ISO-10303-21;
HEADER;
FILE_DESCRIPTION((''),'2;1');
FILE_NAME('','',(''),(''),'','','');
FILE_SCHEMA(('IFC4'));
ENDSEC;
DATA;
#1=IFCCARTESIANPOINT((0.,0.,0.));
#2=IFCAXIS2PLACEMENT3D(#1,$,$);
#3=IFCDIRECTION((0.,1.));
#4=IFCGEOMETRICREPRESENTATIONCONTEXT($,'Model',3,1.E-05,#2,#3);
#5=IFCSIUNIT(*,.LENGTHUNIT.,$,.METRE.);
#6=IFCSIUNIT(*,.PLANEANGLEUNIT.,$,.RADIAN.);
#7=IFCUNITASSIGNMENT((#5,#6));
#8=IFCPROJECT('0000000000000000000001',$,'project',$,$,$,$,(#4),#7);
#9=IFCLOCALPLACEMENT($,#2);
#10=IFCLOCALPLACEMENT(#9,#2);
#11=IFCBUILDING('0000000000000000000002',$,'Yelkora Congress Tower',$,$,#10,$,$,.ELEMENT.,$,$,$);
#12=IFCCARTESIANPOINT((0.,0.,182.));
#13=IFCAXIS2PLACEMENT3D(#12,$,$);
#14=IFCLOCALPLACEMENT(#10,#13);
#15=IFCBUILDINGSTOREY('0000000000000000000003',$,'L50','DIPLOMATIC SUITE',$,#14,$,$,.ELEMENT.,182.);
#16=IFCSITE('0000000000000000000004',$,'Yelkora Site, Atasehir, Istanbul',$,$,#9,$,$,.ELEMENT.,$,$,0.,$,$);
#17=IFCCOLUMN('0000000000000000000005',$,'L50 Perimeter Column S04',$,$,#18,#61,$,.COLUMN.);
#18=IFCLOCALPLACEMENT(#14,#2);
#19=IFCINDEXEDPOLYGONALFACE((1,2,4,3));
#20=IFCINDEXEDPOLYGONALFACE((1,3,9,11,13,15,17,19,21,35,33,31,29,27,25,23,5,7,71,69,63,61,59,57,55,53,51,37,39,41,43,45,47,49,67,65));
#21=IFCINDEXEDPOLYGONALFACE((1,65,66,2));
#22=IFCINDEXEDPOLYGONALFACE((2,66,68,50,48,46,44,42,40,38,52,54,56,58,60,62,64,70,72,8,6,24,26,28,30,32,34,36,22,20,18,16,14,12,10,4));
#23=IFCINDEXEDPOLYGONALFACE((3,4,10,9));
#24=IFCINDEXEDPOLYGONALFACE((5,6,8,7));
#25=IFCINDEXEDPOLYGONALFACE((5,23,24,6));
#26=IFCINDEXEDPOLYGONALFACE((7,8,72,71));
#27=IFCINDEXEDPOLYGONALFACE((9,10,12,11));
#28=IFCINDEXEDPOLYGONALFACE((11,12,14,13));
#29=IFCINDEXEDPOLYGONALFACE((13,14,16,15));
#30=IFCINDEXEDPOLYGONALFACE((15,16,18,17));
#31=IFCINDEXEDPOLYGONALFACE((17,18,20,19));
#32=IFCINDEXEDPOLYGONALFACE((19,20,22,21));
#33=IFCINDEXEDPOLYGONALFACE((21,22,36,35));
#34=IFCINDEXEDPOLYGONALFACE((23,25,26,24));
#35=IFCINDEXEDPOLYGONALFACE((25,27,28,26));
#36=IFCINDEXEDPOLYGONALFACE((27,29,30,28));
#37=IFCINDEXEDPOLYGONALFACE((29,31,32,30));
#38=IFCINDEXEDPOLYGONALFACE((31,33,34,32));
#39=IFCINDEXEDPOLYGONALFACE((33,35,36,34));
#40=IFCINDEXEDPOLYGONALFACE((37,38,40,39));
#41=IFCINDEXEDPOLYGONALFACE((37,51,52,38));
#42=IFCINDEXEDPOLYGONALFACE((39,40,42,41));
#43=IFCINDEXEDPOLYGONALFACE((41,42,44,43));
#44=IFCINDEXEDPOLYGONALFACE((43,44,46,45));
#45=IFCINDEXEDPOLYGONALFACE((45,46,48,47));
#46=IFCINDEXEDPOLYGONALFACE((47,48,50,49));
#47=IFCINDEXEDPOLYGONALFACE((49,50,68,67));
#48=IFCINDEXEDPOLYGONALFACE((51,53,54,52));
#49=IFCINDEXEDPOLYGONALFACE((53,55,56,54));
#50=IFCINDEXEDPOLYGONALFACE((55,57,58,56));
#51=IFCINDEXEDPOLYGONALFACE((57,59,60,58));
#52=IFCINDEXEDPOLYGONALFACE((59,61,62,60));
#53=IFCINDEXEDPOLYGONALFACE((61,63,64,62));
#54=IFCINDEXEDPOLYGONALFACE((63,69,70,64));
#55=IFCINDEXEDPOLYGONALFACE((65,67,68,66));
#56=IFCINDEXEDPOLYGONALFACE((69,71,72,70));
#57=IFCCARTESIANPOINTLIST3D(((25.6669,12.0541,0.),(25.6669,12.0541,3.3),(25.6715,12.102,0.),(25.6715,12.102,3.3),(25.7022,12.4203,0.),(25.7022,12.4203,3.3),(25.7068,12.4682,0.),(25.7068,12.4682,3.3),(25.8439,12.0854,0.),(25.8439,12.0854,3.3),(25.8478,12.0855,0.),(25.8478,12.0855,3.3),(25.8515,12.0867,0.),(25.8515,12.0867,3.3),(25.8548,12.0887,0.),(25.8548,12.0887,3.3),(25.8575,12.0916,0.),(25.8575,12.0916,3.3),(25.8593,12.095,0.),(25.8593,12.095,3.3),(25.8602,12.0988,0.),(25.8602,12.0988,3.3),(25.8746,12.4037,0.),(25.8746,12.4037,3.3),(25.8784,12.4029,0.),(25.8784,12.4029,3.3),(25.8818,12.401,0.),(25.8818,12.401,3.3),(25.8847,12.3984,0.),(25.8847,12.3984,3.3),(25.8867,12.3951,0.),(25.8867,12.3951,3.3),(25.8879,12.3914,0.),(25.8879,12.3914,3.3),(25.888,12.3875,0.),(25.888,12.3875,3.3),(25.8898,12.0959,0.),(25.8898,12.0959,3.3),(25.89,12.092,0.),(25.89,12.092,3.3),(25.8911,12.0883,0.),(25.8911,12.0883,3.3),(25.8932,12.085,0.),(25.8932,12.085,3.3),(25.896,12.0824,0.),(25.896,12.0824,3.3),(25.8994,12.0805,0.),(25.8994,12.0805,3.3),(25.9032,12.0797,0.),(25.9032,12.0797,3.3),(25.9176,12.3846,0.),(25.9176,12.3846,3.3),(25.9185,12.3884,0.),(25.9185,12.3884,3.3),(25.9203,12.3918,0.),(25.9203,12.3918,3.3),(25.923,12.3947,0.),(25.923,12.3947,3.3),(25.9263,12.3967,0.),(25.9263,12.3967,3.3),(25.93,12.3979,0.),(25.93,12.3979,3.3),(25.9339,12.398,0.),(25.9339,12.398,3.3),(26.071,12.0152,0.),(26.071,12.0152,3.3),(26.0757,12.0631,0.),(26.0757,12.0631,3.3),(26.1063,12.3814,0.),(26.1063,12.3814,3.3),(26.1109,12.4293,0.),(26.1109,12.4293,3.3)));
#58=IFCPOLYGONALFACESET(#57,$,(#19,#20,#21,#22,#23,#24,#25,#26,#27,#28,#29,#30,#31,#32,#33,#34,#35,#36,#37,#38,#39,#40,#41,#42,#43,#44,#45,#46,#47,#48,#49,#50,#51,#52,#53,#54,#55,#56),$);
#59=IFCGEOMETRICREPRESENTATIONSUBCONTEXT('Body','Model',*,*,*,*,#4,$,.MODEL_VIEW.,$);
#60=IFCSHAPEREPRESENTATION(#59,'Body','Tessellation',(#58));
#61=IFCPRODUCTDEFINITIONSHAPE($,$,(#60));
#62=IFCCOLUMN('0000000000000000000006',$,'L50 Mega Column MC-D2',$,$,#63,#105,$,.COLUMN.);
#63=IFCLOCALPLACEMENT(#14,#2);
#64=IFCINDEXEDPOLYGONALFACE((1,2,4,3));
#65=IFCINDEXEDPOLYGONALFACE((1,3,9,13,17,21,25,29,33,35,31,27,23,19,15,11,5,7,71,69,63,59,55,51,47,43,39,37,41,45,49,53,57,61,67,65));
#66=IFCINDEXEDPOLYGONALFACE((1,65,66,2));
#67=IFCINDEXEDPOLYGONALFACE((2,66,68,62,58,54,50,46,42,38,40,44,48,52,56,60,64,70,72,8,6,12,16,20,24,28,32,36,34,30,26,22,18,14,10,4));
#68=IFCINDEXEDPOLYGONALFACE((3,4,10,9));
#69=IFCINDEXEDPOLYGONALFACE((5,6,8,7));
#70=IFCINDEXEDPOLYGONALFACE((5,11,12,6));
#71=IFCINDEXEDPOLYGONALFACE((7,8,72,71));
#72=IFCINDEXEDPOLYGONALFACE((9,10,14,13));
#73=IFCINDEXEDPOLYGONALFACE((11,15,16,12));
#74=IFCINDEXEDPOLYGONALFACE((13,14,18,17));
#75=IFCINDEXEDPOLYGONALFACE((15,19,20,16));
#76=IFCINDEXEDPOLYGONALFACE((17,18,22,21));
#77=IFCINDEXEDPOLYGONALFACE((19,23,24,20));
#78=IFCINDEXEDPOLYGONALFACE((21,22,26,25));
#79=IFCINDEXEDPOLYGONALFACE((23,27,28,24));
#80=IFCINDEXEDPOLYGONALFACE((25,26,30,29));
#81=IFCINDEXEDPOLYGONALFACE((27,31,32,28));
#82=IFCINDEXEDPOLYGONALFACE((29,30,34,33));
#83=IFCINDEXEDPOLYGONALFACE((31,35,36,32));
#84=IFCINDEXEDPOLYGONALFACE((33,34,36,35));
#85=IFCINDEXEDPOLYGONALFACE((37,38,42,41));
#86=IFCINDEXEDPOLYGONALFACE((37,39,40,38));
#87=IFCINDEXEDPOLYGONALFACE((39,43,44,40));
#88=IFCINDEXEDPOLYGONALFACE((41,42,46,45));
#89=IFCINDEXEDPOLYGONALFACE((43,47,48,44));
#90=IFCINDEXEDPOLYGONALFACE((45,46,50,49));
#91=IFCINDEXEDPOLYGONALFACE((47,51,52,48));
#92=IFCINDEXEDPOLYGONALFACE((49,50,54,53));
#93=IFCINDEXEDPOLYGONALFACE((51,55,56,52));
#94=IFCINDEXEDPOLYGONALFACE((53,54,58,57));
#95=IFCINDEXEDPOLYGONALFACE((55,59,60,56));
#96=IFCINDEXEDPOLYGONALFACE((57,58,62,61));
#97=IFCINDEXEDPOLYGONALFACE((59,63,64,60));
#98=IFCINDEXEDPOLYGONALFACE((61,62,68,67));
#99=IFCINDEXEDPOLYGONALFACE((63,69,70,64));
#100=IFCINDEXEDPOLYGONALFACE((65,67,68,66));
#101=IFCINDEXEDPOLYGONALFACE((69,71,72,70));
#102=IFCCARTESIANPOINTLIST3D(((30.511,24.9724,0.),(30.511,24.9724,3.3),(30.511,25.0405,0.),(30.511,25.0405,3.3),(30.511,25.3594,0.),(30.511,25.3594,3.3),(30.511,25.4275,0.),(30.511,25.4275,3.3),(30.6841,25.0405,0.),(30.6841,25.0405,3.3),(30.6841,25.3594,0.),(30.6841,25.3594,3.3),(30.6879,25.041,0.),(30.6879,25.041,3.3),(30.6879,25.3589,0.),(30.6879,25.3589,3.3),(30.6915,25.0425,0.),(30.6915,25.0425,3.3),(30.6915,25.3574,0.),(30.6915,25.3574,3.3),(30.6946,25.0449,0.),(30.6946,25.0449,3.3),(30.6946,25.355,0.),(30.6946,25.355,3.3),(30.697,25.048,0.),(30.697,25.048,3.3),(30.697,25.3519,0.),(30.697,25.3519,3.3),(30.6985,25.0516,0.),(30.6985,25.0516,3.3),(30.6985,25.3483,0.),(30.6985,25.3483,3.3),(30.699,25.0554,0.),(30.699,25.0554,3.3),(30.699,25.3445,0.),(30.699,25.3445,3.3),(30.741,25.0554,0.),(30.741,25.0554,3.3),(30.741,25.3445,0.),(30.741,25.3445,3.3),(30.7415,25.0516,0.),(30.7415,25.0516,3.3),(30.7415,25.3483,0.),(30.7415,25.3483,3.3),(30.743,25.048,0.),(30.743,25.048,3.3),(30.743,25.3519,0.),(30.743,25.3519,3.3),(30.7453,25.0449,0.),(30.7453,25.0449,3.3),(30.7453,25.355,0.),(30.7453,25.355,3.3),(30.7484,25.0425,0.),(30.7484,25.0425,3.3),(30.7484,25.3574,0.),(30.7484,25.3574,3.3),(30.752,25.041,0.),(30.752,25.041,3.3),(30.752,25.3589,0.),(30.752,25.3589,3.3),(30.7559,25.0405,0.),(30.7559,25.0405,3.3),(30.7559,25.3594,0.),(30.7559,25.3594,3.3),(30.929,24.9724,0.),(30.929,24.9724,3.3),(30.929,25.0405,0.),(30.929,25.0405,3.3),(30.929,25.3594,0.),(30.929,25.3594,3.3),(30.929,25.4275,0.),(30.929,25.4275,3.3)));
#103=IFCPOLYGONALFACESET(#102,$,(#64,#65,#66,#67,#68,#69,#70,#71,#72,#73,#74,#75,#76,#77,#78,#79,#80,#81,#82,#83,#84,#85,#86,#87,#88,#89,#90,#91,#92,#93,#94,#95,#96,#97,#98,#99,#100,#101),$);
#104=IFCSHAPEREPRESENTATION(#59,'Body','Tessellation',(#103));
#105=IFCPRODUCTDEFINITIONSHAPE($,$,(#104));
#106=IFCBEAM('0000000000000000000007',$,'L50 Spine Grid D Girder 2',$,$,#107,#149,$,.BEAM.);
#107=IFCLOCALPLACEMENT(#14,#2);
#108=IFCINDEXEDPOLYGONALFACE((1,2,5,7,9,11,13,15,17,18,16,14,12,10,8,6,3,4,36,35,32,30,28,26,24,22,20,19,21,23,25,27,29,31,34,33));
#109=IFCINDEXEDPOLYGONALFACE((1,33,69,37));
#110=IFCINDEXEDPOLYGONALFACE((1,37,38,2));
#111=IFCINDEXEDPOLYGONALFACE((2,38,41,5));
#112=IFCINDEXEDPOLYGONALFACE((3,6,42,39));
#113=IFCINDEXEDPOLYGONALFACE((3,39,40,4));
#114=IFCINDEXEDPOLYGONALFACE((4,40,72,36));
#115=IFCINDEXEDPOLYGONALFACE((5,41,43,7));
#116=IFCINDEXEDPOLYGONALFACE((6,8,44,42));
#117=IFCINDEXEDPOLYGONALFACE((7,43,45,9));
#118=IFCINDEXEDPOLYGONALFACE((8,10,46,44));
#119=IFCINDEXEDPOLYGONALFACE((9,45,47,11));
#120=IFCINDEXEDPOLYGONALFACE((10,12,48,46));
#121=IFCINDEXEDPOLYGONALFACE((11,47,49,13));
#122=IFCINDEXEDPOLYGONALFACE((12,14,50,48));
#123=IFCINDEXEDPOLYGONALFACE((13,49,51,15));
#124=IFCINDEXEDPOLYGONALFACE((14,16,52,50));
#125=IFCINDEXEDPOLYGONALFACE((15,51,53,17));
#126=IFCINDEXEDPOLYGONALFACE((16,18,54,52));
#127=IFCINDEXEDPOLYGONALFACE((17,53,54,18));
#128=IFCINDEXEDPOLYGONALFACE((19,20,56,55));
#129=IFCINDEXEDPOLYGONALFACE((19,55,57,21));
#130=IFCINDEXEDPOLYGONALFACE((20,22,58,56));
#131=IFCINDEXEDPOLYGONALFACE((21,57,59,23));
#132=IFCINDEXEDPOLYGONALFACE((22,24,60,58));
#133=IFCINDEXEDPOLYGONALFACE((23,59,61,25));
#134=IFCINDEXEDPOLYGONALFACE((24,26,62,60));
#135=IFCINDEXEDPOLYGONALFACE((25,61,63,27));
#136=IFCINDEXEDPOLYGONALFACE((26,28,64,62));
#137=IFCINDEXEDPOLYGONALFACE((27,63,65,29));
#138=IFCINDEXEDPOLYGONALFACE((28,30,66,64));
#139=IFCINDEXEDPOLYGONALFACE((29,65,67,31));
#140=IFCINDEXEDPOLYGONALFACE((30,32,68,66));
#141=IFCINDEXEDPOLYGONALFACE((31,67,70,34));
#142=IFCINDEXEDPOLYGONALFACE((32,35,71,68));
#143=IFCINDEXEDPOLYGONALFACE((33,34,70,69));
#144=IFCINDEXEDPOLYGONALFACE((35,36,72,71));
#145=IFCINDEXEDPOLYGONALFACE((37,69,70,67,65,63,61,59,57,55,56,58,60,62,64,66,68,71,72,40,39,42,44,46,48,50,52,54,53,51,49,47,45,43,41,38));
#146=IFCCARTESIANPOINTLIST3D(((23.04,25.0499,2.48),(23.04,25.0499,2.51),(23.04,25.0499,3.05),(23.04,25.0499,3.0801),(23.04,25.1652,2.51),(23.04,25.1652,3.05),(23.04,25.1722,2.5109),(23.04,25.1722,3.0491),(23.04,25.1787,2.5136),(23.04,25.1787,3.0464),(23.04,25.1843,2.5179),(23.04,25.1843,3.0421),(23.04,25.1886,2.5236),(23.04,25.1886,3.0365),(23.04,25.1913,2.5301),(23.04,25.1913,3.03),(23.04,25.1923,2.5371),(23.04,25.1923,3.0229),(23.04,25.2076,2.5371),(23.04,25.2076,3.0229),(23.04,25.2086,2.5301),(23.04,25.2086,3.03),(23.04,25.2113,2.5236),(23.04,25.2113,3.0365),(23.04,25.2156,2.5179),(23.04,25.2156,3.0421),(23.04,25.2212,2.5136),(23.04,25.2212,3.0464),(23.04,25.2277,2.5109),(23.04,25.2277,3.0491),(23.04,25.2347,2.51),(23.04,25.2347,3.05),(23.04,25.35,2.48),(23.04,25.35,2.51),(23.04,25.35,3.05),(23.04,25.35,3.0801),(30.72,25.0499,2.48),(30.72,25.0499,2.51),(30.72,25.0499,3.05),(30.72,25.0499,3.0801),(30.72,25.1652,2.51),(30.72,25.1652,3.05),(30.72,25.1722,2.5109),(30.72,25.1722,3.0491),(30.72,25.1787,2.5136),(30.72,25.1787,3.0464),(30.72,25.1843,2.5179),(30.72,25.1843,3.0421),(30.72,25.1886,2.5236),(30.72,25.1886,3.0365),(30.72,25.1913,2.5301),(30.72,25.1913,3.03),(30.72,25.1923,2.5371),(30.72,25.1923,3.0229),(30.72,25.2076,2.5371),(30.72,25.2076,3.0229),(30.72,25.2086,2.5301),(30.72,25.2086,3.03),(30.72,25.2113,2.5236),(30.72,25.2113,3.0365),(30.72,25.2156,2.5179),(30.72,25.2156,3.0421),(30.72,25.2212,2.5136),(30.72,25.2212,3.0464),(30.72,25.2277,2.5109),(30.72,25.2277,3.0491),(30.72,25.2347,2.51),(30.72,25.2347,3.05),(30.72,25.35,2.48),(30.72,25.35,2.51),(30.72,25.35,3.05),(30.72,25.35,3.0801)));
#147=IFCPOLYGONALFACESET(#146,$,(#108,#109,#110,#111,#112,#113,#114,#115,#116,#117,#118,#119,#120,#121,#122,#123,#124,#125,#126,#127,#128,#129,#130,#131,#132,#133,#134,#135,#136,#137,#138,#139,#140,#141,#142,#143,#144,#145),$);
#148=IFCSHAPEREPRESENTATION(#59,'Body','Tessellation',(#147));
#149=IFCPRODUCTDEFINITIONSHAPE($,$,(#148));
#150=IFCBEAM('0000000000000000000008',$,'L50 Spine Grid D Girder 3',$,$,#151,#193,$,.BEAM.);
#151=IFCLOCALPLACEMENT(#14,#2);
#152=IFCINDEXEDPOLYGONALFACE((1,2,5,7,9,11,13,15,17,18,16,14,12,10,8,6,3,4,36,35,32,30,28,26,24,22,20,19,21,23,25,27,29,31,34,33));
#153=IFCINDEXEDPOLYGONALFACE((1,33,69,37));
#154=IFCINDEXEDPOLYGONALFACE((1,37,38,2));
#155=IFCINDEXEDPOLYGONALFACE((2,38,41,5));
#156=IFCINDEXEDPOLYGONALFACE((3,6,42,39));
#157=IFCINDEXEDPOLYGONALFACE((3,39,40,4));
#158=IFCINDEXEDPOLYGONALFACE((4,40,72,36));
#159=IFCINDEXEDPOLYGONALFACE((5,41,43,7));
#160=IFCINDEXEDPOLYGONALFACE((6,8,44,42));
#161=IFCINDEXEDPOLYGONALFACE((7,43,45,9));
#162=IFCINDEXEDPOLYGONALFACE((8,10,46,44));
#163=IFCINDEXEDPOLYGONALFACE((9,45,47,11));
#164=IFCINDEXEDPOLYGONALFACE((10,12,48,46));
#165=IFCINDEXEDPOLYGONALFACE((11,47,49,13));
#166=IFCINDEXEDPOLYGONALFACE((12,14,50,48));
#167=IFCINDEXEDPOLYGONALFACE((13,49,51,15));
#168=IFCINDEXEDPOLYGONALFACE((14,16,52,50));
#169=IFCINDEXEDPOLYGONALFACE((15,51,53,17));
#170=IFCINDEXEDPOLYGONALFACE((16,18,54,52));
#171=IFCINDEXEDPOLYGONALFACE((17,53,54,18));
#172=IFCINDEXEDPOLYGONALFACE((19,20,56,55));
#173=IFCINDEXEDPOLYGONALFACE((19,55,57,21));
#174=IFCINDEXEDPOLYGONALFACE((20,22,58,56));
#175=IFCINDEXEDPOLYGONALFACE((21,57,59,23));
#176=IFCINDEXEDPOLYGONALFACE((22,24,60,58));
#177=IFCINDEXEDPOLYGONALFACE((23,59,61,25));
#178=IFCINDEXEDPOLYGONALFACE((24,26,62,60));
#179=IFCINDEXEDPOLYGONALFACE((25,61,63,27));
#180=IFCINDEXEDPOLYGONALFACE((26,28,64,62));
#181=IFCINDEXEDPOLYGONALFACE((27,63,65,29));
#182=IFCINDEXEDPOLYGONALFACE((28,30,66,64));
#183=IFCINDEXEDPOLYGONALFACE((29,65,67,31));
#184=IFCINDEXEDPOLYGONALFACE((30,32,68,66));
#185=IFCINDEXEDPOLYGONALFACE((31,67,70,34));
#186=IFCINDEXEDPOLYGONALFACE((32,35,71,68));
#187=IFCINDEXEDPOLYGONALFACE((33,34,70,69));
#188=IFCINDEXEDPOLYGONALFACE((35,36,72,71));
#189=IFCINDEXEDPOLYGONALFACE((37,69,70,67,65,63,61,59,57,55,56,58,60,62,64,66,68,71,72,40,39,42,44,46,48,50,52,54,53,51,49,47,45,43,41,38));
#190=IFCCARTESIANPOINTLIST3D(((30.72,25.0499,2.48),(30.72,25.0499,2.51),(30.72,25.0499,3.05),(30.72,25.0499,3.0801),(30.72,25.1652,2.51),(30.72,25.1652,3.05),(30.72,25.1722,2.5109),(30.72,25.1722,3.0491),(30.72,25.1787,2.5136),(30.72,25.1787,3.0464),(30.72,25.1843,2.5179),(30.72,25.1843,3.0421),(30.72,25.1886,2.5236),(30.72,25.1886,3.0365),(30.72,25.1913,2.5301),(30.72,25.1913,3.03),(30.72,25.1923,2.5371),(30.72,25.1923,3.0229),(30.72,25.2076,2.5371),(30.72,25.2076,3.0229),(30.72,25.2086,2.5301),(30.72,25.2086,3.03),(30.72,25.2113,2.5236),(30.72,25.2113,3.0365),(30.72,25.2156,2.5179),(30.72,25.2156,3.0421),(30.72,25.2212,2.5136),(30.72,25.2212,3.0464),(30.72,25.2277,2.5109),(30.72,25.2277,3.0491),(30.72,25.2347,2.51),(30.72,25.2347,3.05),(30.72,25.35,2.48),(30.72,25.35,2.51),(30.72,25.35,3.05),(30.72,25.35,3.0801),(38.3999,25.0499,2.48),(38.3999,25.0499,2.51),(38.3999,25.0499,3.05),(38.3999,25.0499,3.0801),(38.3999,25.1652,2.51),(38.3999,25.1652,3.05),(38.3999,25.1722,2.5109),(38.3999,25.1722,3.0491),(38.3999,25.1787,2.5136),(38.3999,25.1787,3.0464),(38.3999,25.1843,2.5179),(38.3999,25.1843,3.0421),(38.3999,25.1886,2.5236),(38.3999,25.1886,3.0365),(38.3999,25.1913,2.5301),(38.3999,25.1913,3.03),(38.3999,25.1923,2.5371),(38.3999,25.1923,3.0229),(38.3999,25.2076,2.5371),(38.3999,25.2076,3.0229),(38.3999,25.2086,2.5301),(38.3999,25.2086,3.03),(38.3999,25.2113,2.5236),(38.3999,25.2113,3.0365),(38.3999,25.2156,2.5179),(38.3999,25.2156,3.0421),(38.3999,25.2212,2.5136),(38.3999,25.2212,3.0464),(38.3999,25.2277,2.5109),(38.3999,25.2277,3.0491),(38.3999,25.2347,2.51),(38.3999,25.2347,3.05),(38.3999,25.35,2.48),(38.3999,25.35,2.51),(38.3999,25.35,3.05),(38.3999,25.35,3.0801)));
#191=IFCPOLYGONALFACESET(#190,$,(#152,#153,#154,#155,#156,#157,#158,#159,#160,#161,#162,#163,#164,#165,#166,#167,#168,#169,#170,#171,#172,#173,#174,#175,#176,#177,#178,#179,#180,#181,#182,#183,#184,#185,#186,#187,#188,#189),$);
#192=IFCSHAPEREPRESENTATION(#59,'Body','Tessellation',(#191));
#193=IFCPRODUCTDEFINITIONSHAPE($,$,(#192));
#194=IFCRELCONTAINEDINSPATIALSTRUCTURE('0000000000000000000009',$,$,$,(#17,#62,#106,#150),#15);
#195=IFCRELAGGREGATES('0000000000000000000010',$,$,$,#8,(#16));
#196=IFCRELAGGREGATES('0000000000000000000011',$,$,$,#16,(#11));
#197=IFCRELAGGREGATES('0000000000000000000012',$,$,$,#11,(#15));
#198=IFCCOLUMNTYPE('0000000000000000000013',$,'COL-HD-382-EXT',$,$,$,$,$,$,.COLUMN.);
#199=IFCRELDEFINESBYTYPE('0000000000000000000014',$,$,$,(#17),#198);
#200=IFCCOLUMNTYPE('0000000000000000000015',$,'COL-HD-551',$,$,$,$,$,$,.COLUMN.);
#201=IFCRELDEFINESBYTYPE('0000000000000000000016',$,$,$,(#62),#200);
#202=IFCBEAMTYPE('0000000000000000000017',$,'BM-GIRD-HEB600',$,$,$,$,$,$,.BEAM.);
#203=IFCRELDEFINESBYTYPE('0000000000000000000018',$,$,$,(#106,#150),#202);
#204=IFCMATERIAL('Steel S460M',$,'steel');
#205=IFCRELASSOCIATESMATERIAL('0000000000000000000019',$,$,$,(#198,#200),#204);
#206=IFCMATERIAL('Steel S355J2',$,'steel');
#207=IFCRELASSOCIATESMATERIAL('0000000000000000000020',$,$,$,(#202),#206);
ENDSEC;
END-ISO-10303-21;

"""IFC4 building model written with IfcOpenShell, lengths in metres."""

from ifc_helpers import new_model, si_unit, direction, frame, origin, origin_2d, place, context, subcontext, project, spatial, i_section, extrude, material, material_profile, profile_set, type_object, element, save


model = new_model("IFC4")

# Units and contexts
model_context = context("Model", 3, precision=1e-05, world=origin(), true_north=direction((0.0, 1.0)))
body_context = subcontext(model_context, "Body", "Model", "MODEL_VIEW")
ifc_project = project(units=[si_unit("LENGTHUNIT", "METRE"), si_unit("PLANEANGLEUNIT", "RADIAN")], contexts=[model_context])

# Site, building, storey
site_placement = place(None, origin())
site = spatial("IfcSite", under=ifc_project, at=site_placement, Name="Yelkora Site, Atasehir, Istanbul", CompositionType="ELEMENT", RefElevation=0.0)
building_placement = place(site_placement, origin())
building = spatial("IfcBuilding", under=site, at=building_placement, Name="Yelkora Congress Tower", CompositionType="ELEMENT")
storey_placement = place(building_placement, frame((0.0, 0.0, 182.0)))
storey = spatial("IfcBuildingStorey", under=building, at=storey_placement, Name="L50", Description="DIPLOMATIC SUITE", CompositionType="ELEMENT", Elevation=182.0)

# Columns
ifc_material_1 = material(Name="Steel S460M", Category="steel")
ifc_material_profile_1 = material_profile(ifc_material_1, i_section(OverallWidth=0.406, OverallDepth=0.416, WebThickness=0.0298, FlangeThickness=0.0481, FilletRadius=0.0149, at=origin_2d()), Name="HD 400x382")
ifc_profile_set_1 = profile_set([ifc_material_profile_1], Name="Steel S460M")
column_type_1 = type_object("IfcColumnType", Name="COL-HD-382-EXT", PredefinedType="COLUMN", material=ifc_profile_set_1)
column_1_placement = place(storey_placement, frame((25.8889, 12.2417, 0.0), z_axis=(0.0, 0.0, 1.0), x_axis=(0.995396, -0.095846, 0.0)))
element("IfcColumn", 1, at=column_1_placement, inside=storey, type_object=column_type_1, Name="L50 Perimeter Column S04", PredefinedType="COLUMN", context=body_context, shape_type="SweptSolid", body=[
    extrude(i_section(OverallWidth=0.406, OverallDepth=0.416, WebThickness=0.0298, FlangeThickness=0.0481, FilletRadius=0.0149, at=origin_2d()), origin(), (0.0, 0.0, 1.0), 3.3),
])
ifc_material_profile_2 = material_profile(ifc_material_1, i_section(OverallWidth=0.418, OverallDepth=0.4551, WebThickness=0.042, FlangeThickness=0.0681, FilletRadius=0.0149, at=origin_2d()), Name="HD 400x551")
ifc_profile_set_2 = profile_set([ifc_material_profile_2], Name="Steel S460M")
column_type_2 = type_object("IfcColumnType", Name="COL-HD-551", PredefinedType="COLUMN", material=ifc_profile_set_2)
column_2_placement = place(storey_placement, frame((30.72, 25.2, 0.0), z_axis=(0.0, 0.0, 1.0), x_axis=(1.0, 0.0, 0.0)))
element("IfcColumn", 2, at=column_2_placement, inside=storey, type_object=column_type_2, Name="L50 Mega Column MC-D2", PredefinedType="COLUMN", context=body_context, shape_type="SweptSolid", body=[
    extrude(i_section(OverallWidth=0.418, OverallDepth=0.4551, WebThickness=0.042, FlangeThickness=0.0681, FilletRadius=0.0149, at=origin_2d()), origin(), (0.0, 0.0, 1.0), 3.3),
])

# Beams
ifc_material_2 = material(Name="Steel S355J2", Category="steel")
ifc_material_profile_3 = material_profile(ifc_material_2, i_section(OverallWidth=0.3, OverallDepth=0.6001, WebThickness=0.0154, FlangeThickness=0.03, FilletRadius=0.0271, at=origin_2d()), Name="HEB 600")
ifc_profile_set_3 = profile_set([ifc_material_profile_3], Name="Steel S355J2")
beam_type_1 = type_object("IfcBeamType", Name="BM-GIRD-HEB600", PredefinedType="BEAM", material=ifc_profile_set_3)
for number, where, z_axis, x_axis, name in (
    (3, (23.04, 25.2, 2.78), (1.0, 0.0, 0.0), (0.0, 1.0, 0.0), "L50 Spine Grid D Girder 2"),
    (4, (30.72, 25.2, 2.78), (1.0, 0.0, 0.0), (0.0, 1.0, 0.0), "L50 Spine Grid D Girder 3"),
):
    element("IfcBeam", number, at=place(storey_placement, frame(where, z_axis=z_axis, x_axis=x_axis)), inside=storey, type_object=beam_type_1, Name=name, PredefinedType="BEAM", context=body_context, shape_type="SweptSolid", body=[
        extrude(i_section(OverallWidth=0.3, OverallDepth=0.6001, WebThickness=0.0154, FlangeThickness=0.03, FilletRadius=0.0271, at=origin_2d()), origin(), (0.0, 0.0, 1.0), 7.6799),
    ])

save(model, "model.ifc")
